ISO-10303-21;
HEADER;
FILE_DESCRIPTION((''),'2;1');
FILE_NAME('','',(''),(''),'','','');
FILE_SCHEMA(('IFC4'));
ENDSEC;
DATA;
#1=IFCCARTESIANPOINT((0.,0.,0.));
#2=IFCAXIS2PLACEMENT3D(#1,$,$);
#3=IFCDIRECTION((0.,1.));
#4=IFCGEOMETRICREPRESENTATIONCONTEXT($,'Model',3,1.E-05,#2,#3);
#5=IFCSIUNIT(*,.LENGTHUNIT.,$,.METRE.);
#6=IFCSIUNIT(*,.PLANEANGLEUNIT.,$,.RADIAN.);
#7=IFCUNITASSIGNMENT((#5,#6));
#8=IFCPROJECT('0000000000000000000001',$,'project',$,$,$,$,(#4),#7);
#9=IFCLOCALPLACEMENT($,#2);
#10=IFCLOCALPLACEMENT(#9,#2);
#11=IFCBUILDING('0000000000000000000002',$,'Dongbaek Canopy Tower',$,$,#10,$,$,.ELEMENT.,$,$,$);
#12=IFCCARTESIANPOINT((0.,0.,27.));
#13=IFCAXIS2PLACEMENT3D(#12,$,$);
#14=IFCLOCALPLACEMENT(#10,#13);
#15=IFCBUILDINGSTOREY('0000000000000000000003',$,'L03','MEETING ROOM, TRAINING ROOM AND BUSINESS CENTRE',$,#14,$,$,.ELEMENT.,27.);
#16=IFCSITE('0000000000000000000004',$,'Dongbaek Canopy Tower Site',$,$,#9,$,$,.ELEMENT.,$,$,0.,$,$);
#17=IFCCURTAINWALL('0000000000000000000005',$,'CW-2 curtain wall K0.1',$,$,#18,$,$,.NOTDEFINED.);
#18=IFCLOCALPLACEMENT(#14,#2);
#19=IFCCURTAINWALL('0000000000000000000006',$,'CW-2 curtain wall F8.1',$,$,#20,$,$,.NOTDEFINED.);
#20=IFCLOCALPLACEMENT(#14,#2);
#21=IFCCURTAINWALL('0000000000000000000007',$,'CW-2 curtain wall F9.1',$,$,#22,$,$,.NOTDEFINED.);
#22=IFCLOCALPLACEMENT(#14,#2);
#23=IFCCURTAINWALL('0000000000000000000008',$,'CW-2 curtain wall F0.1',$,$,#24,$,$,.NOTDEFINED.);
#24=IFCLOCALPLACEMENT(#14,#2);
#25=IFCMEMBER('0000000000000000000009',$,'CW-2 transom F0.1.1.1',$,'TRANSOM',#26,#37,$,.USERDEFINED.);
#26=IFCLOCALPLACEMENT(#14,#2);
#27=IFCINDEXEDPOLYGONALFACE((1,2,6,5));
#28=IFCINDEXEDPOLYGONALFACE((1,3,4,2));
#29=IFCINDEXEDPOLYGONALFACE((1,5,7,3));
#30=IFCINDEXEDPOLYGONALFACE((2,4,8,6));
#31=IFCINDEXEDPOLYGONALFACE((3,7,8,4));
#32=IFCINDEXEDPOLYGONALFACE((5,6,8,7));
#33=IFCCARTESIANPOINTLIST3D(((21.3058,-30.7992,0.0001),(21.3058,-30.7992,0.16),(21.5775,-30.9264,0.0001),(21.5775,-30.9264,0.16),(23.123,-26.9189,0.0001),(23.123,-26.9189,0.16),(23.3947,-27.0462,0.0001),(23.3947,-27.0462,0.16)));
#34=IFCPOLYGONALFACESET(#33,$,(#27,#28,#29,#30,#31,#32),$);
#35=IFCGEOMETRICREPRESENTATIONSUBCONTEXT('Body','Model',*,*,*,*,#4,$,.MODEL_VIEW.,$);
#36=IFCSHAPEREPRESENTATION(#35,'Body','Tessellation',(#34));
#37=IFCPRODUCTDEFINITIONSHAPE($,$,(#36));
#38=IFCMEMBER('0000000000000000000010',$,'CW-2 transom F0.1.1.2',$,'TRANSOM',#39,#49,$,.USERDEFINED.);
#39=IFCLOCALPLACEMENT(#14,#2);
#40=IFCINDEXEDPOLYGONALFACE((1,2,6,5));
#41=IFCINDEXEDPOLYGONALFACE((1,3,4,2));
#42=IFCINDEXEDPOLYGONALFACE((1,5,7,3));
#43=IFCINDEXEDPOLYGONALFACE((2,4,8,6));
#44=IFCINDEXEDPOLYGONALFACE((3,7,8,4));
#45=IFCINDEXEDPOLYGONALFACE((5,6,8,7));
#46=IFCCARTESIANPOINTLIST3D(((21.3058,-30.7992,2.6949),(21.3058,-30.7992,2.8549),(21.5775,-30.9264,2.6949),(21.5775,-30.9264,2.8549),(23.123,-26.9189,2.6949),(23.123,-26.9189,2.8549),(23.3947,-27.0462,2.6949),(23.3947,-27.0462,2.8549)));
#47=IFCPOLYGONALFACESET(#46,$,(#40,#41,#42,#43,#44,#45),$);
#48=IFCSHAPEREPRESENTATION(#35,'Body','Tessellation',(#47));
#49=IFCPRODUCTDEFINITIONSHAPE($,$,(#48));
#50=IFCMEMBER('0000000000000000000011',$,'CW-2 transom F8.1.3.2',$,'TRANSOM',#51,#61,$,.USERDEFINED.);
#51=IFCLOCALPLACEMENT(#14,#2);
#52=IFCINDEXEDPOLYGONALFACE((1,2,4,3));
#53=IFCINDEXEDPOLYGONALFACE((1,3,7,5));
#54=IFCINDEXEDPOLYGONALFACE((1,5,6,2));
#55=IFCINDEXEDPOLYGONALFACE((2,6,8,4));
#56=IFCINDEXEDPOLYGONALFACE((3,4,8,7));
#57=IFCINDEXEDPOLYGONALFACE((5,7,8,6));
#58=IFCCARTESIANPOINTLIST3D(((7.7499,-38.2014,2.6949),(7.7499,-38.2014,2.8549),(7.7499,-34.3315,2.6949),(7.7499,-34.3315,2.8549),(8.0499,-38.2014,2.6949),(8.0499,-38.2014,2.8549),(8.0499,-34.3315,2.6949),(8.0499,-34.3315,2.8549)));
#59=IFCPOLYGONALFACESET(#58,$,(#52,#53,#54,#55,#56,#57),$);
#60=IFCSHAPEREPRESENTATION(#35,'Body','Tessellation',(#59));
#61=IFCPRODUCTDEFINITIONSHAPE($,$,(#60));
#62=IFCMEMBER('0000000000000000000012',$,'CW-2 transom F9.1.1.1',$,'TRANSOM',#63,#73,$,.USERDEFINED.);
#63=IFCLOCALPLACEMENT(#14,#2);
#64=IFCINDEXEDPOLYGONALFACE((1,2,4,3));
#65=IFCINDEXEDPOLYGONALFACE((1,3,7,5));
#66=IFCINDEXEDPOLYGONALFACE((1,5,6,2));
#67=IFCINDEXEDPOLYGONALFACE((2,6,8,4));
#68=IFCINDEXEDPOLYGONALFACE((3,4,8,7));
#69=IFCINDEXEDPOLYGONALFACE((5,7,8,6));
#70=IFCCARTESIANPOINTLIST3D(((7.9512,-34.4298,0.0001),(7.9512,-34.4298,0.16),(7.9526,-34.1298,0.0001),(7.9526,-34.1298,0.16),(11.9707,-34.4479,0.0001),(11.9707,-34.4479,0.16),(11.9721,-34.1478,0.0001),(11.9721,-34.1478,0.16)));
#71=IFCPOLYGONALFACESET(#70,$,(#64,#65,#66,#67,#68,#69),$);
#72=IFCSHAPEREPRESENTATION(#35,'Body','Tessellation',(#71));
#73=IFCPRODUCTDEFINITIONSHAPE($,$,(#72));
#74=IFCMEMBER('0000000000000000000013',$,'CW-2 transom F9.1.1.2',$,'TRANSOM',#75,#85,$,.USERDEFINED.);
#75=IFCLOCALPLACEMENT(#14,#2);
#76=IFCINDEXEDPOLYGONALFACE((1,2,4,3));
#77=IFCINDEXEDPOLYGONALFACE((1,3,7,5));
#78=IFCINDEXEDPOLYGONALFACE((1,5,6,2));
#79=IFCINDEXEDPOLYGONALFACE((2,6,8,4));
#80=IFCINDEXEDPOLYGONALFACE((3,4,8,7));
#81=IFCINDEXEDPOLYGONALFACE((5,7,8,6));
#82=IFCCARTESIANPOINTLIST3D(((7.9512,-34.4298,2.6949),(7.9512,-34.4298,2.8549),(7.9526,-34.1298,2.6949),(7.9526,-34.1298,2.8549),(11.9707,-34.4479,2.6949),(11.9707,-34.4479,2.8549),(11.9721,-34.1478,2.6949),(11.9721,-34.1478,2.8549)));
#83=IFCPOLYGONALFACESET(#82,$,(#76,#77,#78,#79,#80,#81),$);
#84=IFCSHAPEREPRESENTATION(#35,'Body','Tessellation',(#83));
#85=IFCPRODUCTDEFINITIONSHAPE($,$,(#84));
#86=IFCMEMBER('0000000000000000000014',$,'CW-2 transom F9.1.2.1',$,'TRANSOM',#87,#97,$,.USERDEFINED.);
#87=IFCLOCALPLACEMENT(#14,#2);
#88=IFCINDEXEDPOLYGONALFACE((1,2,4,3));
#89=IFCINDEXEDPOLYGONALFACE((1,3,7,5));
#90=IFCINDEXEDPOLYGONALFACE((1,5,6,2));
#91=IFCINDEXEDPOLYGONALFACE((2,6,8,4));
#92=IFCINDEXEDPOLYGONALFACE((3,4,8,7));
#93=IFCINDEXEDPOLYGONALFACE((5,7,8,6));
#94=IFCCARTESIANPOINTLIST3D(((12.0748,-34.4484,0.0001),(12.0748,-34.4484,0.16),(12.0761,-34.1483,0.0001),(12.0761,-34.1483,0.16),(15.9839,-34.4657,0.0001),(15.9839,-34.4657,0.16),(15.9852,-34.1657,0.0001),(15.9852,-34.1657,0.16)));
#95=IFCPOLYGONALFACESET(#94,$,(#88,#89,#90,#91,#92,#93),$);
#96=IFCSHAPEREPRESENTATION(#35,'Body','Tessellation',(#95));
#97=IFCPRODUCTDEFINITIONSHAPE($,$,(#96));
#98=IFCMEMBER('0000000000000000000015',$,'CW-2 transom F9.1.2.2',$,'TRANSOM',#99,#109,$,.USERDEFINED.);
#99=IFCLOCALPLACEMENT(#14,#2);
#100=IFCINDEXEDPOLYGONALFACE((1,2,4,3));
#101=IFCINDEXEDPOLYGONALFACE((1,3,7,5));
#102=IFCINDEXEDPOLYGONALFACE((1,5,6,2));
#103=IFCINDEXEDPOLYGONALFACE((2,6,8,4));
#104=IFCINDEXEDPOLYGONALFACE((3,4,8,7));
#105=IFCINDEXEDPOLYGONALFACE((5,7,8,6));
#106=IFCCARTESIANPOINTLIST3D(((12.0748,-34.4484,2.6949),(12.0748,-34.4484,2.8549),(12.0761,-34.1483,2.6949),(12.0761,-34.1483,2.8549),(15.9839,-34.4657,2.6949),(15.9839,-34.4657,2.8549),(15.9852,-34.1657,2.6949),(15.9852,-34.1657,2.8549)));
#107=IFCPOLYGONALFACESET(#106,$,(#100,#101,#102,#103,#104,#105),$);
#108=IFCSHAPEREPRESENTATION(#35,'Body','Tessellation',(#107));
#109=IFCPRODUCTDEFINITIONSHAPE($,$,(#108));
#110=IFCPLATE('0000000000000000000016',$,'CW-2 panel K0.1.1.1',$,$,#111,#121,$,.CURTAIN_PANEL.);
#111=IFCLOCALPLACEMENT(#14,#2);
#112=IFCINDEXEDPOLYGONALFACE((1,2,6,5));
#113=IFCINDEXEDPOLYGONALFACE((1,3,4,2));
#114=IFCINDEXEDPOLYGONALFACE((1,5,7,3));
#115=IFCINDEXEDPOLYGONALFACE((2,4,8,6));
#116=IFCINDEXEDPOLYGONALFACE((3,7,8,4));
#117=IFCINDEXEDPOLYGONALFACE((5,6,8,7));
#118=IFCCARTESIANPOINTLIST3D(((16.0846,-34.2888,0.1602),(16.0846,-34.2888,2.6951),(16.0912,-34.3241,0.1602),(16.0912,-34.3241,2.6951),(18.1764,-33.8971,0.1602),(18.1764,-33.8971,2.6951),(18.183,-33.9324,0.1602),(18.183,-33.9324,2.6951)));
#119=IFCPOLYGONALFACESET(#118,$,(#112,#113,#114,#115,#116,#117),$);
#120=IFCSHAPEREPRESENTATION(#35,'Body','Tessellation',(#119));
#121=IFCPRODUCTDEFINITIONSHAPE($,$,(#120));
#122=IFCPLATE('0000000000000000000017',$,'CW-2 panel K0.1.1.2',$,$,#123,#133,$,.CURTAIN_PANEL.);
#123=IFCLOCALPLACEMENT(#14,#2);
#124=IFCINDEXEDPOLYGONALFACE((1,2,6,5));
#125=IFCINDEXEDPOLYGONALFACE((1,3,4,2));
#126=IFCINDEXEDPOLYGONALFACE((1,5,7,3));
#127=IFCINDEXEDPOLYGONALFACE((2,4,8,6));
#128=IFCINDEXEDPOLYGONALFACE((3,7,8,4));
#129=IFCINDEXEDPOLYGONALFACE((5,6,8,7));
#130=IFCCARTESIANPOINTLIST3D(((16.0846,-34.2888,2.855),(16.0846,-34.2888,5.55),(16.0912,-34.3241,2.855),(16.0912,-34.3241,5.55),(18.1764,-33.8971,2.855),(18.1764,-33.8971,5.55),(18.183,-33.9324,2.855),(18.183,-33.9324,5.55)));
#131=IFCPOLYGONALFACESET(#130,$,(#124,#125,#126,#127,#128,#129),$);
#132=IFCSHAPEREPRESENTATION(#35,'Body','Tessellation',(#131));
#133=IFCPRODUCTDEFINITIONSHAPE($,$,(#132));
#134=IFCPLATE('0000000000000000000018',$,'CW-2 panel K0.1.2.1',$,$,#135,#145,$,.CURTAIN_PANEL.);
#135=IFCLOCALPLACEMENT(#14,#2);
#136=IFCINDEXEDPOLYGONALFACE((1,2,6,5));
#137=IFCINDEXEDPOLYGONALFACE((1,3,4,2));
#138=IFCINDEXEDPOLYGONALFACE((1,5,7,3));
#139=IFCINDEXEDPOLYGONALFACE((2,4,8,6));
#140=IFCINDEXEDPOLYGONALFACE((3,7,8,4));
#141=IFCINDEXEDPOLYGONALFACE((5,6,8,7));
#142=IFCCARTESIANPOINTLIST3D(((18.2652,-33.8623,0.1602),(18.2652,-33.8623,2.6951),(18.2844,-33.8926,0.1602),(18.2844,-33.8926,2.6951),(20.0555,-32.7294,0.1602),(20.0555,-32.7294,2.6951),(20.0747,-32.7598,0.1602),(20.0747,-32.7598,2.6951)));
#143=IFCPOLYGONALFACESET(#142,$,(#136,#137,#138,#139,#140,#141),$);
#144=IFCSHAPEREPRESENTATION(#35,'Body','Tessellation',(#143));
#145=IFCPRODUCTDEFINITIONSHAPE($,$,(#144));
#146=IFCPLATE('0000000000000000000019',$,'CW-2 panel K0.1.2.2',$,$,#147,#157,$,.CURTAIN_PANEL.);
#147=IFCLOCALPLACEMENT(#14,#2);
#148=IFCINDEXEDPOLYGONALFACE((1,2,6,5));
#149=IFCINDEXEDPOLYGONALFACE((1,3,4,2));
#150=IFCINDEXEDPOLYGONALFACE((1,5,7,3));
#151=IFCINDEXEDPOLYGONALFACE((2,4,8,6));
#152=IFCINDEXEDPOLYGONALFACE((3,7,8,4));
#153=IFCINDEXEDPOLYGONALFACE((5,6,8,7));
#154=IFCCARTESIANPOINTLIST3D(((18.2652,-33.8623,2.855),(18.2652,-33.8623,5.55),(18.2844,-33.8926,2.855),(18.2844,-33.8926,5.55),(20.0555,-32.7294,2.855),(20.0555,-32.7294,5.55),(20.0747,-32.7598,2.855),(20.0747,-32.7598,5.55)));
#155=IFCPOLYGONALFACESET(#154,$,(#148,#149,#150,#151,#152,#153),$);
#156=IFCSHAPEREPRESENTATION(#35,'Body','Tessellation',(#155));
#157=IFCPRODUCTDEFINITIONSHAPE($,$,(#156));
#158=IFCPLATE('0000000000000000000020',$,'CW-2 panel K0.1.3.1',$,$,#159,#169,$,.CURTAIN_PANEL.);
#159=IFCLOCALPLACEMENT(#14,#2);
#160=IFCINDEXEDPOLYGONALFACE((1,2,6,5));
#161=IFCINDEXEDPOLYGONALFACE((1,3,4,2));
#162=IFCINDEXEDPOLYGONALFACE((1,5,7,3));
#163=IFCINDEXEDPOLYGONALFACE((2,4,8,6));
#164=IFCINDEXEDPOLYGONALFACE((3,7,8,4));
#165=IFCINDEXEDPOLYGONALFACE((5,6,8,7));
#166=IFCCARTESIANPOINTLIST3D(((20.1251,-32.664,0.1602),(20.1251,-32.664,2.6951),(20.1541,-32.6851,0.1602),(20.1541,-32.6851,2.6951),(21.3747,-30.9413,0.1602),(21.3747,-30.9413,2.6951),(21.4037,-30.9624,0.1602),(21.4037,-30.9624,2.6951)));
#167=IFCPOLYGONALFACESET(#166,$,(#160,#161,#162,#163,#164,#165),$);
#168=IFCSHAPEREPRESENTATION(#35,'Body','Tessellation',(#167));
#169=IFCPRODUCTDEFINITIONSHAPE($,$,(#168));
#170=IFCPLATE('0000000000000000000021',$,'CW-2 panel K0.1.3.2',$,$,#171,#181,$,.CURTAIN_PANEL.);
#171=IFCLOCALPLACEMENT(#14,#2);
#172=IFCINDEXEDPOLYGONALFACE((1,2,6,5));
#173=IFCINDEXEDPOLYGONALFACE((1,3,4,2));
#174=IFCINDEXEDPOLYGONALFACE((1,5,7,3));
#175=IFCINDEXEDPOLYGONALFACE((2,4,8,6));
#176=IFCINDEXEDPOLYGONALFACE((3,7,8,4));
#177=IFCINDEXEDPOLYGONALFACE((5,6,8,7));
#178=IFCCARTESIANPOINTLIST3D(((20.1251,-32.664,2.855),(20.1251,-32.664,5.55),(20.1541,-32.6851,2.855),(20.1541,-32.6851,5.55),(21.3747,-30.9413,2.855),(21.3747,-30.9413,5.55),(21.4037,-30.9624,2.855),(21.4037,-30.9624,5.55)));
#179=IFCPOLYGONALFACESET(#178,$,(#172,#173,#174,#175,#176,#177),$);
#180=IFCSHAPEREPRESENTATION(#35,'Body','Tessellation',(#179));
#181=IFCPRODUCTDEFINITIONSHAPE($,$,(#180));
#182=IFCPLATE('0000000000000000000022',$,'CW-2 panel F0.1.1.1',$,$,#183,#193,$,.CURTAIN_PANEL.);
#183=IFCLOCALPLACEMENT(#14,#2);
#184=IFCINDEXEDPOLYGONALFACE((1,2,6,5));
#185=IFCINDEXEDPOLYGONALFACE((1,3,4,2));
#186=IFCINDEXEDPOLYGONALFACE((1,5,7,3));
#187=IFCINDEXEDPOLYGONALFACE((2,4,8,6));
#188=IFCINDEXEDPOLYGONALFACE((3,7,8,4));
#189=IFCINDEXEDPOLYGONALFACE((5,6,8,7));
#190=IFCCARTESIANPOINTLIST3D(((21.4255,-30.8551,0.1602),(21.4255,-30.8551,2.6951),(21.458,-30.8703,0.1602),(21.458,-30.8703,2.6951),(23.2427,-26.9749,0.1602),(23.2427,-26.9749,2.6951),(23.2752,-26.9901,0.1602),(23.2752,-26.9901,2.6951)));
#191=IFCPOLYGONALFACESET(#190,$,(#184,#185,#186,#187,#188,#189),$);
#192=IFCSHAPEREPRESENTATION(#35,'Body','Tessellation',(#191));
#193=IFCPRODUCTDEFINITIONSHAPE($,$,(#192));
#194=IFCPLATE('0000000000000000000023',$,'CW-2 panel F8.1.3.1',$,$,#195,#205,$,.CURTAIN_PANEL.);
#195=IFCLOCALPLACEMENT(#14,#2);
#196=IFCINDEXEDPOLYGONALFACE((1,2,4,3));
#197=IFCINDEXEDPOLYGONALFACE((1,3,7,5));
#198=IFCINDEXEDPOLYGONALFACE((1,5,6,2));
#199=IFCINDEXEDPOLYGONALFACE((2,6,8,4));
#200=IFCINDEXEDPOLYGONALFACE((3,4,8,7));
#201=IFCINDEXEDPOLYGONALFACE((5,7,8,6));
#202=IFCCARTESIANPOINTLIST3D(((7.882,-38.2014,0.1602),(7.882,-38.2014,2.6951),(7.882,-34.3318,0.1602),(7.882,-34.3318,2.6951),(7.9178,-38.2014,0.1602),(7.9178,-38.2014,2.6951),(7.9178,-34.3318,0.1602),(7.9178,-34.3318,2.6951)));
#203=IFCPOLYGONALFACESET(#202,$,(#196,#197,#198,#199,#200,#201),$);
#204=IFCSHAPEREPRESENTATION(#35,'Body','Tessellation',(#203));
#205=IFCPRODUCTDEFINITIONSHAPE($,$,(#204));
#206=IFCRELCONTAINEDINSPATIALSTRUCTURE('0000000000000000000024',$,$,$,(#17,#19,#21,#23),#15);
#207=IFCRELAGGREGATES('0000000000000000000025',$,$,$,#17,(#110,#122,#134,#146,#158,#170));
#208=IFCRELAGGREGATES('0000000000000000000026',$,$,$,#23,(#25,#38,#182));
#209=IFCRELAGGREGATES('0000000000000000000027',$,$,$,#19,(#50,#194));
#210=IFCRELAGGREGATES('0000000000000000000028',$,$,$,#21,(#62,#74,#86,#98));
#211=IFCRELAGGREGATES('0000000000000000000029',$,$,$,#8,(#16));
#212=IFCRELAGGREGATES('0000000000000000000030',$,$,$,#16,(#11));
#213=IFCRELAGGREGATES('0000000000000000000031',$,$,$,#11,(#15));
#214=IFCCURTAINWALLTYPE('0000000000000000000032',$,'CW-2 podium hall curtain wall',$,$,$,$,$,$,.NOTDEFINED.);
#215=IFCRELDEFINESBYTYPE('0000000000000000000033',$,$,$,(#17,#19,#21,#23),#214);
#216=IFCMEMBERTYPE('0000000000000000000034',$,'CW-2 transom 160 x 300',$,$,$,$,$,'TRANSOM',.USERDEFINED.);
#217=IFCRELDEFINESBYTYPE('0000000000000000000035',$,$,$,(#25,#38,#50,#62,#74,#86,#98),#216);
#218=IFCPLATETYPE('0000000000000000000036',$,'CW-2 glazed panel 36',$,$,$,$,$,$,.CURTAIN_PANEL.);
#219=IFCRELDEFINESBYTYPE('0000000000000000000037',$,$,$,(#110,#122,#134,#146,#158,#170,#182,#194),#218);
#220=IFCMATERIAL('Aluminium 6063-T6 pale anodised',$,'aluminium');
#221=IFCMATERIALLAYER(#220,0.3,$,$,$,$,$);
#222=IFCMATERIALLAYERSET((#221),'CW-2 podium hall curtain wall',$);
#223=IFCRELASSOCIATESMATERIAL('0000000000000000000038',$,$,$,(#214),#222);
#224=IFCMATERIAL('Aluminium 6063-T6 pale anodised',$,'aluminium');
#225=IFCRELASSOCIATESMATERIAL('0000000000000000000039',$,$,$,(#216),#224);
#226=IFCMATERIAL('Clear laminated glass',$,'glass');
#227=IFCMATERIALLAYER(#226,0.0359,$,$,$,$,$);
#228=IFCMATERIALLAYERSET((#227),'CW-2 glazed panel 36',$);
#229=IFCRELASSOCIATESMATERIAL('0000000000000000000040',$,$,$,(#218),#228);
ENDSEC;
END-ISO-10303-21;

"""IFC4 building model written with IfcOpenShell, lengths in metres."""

from ifc_helpers import new_model, si_unit, direction, frame, origin, origin_2d, place, context, subcontext, project, spatial, rectangle, extrude, material, layer, layer_set, material_profile, profile_set, type_object, element, aggregate, save


model = new_model("IFC4")

# Units and contexts
model_context = context("Model", 3, precision=1e-05, world=origin(), true_north=direction((0.0, 1.0)))
body_context = subcontext(model_context, "Body", "Model", "MODEL_VIEW")
ifc_project = project(units=[si_unit("LENGTHUNIT", "METRE"), si_unit("PLANEANGLEUNIT", "RADIAN")], contexts=[model_context])

# Site, building, storey
site_placement = place(None, origin())
site = spatial("IfcSite", under=ifc_project, at=site_placement, Name="Dongbaek Canopy Tower Site", CompositionType="ELEMENT", RefElevation=0.0)
building_placement = place(site_placement, origin())
building = spatial("IfcBuilding", under=site, at=building_placement, Name="Dongbaek Canopy Tower", CompositionType="ELEMENT")
storey_placement = place(building_placement, frame((0.0, 0.0, 27.0)))
storey = spatial("IfcBuildingStorey", under=building, at=storey_placement, Name="L03", Description="MEETING ROOM, TRAINING ROOM AND BUSINESS CENTRE", CompositionType="ELEMENT", Elevation=27.0)

# Curtain wall
ifc_material_1 = material(Name="Aluminium 6063-T6 pale anodised", Category="aluminium")
ifc_layer_1 = layer(ifc_material_1, 0.3)
ifc_layer_set_1 = layer_set([ifc_layer_1], Name="CW-2 podium hall curtain wall")
curtain_wall_type = type_object("IfcCurtainWallType", Name="CW-2 podium hall curtain wall", PredefinedType="NOTDEFINED", material=ifc_layer_set_1)
curtain_wall_1_placement = place(storey_placement, origin())
curtain_wall_1 = element("IfcCurtainWall", 1, at=curtain_wall_1_placement, inside=storey, type_object=curtain_wall_type, Name="CW-2 curtain wall K0.1", PredefinedType="NOTDEFINED")

# Curtain walls
curtain_wall_2_placement = place(storey_placement, origin())
curtain_wall_2 = element("IfcCurtainWall", 2, at=curtain_wall_2_placement, inside=storey, type_object=curtain_wall_type, Name="CW-2 curtain wall F8.1", PredefinedType="NOTDEFINED")
curtain_wall_3_placement = place(storey_placement, origin())
curtain_wall_3 = element("IfcCurtainWall", 3, at=curtain_wall_3_placement, inside=storey, type_object=curtain_wall_type, Name="CW-2 curtain wall F9.1", PredefinedType="NOTDEFINED")

# Shared definitions
ifc_material_2 = material(Name="Aluminium 6063-T6 pale anodised", Category="aluminium")
ifc_material_profile_1 = material_profile(ifc_material_2, rectangle(XDim=0.3, YDim=0.1599, at=origin_2d()), Name="CW-2 transom 160 x 300")
ifc_profile_set_1 = profile_set([ifc_material_profile_1], Name="Aluminium 6063-T6 pale anodised")
member_type_1 = type_object("IfcMemberType", Name="CW-2 transom 160 x 300", ElementType="TRANSOM", PredefinedType="USERDEFINED", material=ifc_profile_set_1)

# Curtain wall, members
curtain_wall_4_placement = place(storey_placement, origin())
curtain_wall_4 = element("IfcCurtainWall", 4, at=curtain_wall_4_placement, inside=storey, type_object=curtain_wall_type, Name="CW-2 curtain wall F0.1", PredefinedType="NOTDEFINED")
member_1_placement = place(storey_placement, frame((21.4417, -30.8628, 0.0801), z_axis=(0.424114, 0.905609, 0.0), x_axis=(-0.905609, 0.424114, 0.0)))
member_1 = element("IfcMember", 5, at=member_1_placement, type_object=member_type_1, Name="CW-2 transom F0.1.1.1", ObjectType="TRANSOM", PredefinedType="USERDEFINED", context=body_context, shape_type="SweptSolid", body=[
    extrude(rectangle(XDim=0.3, YDim=0.1599, at=origin_2d()), origin(), (0.0, 0.0, 1.0), 4.2847),
])
member_2_placement = place(storey_placement, frame((21.4417, -30.8628, 2.7749), z_axis=(0.424114, 0.905609, 0.0), x_axis=(-0.905609, 0.424114, 0.0)))
member_2 = element("IfcMember", 6, at=member_2_placement, type_object=member_type_1, Name="CW-2 transom F0.1.1.2", ObjectType="TRANSOM", PredefinedType="USERDEFINED", context=body_context, shape_type="SweptSolid", body=[
    extrude(rectangle(XDim=0.3, YDim=0.1599, at=origin_2d()), origin(), (0.0, 0.0, 1.0), 4.2847),
])

# Members
member_3_placement = place(storey_placement, frame((7.8999, -38.2014, 2.7749), z_axis=(0.0, 1.0, 0.0), x_axis=(-1.0, 0.0, 0.0)))
member_3 = element("IfcMember", 7, at=member_3_placement, type_object=member_type_1, Name="CW-2 transom F8.1.3.2", ObjectType="TRANSOM", PredefinedType="USERDEFINED", context=body_context, shape_type="SweptSolid", body=[
    extrude(rectangle(XDim=0.3, YDim=0.1599, at=origin_2d()), origin(), (0.0, 0.0, 1.0), 3.8699),
])
member_4_placement = place(storey_placement, frame((7.9519, -34.2798, 0.0801), z_axis=(0.99999, -0.004495, 0.0), x_axis=(0.004495, 0.99999, 0.0)))
member_4 = element("IfcMember", 8, at=member_4_placement, type_object=member_type_1, Name="CW-2 transom F9.1.1.1", ObjectType="TRANSOM", PredefinedType="USERDEFINED", context=body_context, shape_type="SweptSolid", body=[
    extrude(rectangle(XDim=0.3, YDim=0.1599, at=origin_2d()), origin(), (0.0, 0.0, 1.0), 4.0195),
])
member_5_placement = place(storey_placement, frame((7.9519, -34.2798, 2.7749), z_axis=(0.99999, -0.004495, 0.0), x_axis=(0.004495, 0.99999, 0.0)))
member_5 = element("IfcMember", 9, at=member_5_placement, type_object=member_type_1, Name="CW-2 transom F9.1.1.2", ObjectType="TRANSOM", PredefinedType="USERDEFINED", context=body_context, shape_type="SweptSolid", body=[
    extrude(rectangle(XDim=0.3, YDim=0.1599, at=origin_2d()), origin(), (0.0, 0.0, 1.0), 4.0195),
])
member_6_placement = place(storey_placement, frame((12.0754, -34.2983, 0.0801), z_axis=(0.99999, -0.004434, 0.0), x_axis=(0.004434, 0.99999, 0.0)))
member_6 = element("IfcMember", 10, at=member_6_placement, type_object=member_type_1, Name="CW-2 transom F9.1.2.1", ObjectType="TRANSOM", PredefinedType="USERDEFINED", context=body_context, shape_type="SweptSolid", body=[
    extrude(rectangle(XDim=0.3, YDim=0.1599, at=origin_2d()), origin(), (0.0, 0.0, 1.0), 3.9092),
])
member_7_placement = place(storey_placement, frame((12.0754, -34.2983, 2.7749), z_axis=(0.99999, -0.004434, 0.0), x_axis=(0.004434, 0.99999, 0.0)))
member_7 = element("IfcMember", 11, at=member_7_placement, type_object=member_type_1, Name="CW-2 transom F9.1.2.2", ObjectType="TRANSOM", PredefinedType="USERDEFINED", context=body_context, shape_type="SweptSolid", body=[
    extrude(rectangle(XDim=0.3, YDim=0.1599, at=origin_2d()), origin(), (0.0, 0.0, 1.0), 3.9092),
])

# Plates
ifc_material_3 = material(Name="Clear laminated glass", Category="glass")
ifc_layer_2 = layer(ifc_material_3, 0.0359)
ifc_layer_set_2 = layer_set([ifc_layer_2], Name="CW-2 glazed panel 36")
plate_type = type_object("IfcPlateType", Name="CW-2 glazed panel 36", PredefinedType="CURTAIN_PANEL", material=ifc_layer_set_2)
plate_1_placement = place(storey_placement, frame((17.1338, -34.1106, 0.1602), z_axis=(0.0, 0.0, 1.0), x_axis=(0.982922, 0.184024, 0.0)))
plate_1 = element("IfcPlate", 12, at=plate_1_placement, type_object=plate_type, Name="CW-2 panel K0.1.1.1", PredefinedType="CURTAIN_PANEL", context=body_context, shape_type="SweptSolid", body=[
    extrude(rectangle(XDim=2.1282, YDim=0.0359, at=origin_2d()), origin(), (0.0, 0.0, 1.0), 2.5349),
])
plate_2_placement = place(storey_placement, frame((17.1338, -34.1106, 2.855), z_axis=(0.0, 0.0, 1.0), x_axis=(0.982922, 0.184024, 0.0)))
plate_2 = element("IfcPlate", 13, at=plate_2_placement, type_object=plate_type, Name="CW-2 panel K0.1.1.2", PredefinedType="CURTAIN_PANEL", context=body_context, shape_type="SweptSolid", body=[
    extrude(rectangle(XDim=2.1282, YDim=0.0359, at=origin_2d()), origin(), (0.0, 0.0, 1.0), 2.6951),
])
plate_3_placement = place(storey_placement, frame((19.1699, -33.311, 0.1602), z_axis=(0.0, 0.0, 1.0), x_axis=(0.845033, 0.534713, 0.0)))
plate_3 = element("IfcPlate", 14, at=plate_3_placement, type_object=plate_type, Name="CW-2 panel K0.1.2.1", PredefinedType="CURTAIN_PANEL", context=body_context, shape_type="SweptSolid", body=[
    extrude(rectangle(XDim=2.1187, YDim=0.0359, at=origin_2d()), origin(), (0.0, 0.0, 1.0), 2.5349),
])
plate_4_placement = place(storey_placement, frame((19.1699, -33.311, 2.855), z_axis=(0.0, 0.0, 1.0), x_axis=(0.845033, 0.534713, 0.0)))
plate_4 = element("IfcPlate", 15, at=plate_4_placement, type_object=plate_type, Name="CW-2 panel K0.1.2.2", PredefinedType="CURTAIN_PANEL", context=body_context, shape_type="SweptSolid", body=[
    extrude(rectangle(XDim=2.1187, YDim=0.0359, at=origin_2d()), origin(), (0.0, 0.0, 1.0), 2.6951),
])
plate_5_placement = place(storey_placement, frame((20.7644, -31.8132, 0.1602), z_axis=(0.0, 0.0, 1.0), x_axis=(0.587154, 0.809475, 0.0)))
plate_5 = element("IfcPlate", 16, at=plate_5_placement, type_object=plate_type, Name="CW-2 panel K0.1.3.1", PredefinedType="CURTAIN_PANEL", context=body_context, shape_type="SweptSolid", body=[
    extrude(rectangle(XDim=2.1282, YDim=0.0359, at=origin_2d()), origin(), (0.0, 0.0, 1.0), 2.5349),
])
plate_6_placement = place(storey_placement, frame((20.7644, -31.8132, 2.855), z_axis=(0.0, 0.0, 1.0), x_axis=(0.587154, 0.809475, 0.0)))
plate_6 = element("IfcPlate", 17, at=plate_6_placement, type_object=plate_type, Name="CW-2 panel K0.1.3.2", PredefinedType="CURTAIN_PANEL", context=body_context, shape_type="SweptSolid", body=[
    extrude(rectangle(XDim=2.1282, YDim=0.0359, at=origin_2d()), origin(), (0.0, 0.0, 1.0), 2.6951),
])
aggregate(curtain_wall_1, [plate_1, plate_2, plate_3, plate_4, plate_5, plate_6])
plate_7_placement = place(storey_placement, frame((22.3503, -28.9226, 0.1602), z_axis=(0.0, 0.0, 1.0), x_axis=(0.424123, 0.905605, 0.0)))
plate_7 = element("IfcPlate", 18, at=plate_7_placement, type_object=plate_type, Name="CW-2 panel F0.1.1.1", PredefinedType="CURTAIN_PANEL", context=body_context, shape_type="SweptSolid", body=[
    extrude(rectangle(XDim=4.2847, YDim=0.0359, at=origin_2d()), origin(), (0.0, 0.0, 1.0), 2.5349),
])
aggregate(curtain_wall_4, [member_1, member_2, plate_7])
plate_8_placement = place(storey_placement, frame((7.8999, -36.2666, 0.1602), z_axis=(0.0, 0.0, 1.0), x_axis=(0.0, 1.0, 0.0)))
plate_8 = element("IfcPlate", 19, at=plate_8_placement, type_object=plate_type, Name="CW-2 panel F8.1.3.1", PredefinedType="CURTAIN_PANEL", context=body_context, shape_type="SweptSolid", body=[
    extrude(rectangle(XDim=3.8696, YDim=0.0359, at=origin_2d()), origin(), (0.0, 0.0, 1.0), 2.5349),
])
aggregate(curtain_wall_2, [member_3, plate_8])
aggregate(curtain_wall_3, [member_4, member_5, member_6, member_7])

save(model, "model.ifc")
